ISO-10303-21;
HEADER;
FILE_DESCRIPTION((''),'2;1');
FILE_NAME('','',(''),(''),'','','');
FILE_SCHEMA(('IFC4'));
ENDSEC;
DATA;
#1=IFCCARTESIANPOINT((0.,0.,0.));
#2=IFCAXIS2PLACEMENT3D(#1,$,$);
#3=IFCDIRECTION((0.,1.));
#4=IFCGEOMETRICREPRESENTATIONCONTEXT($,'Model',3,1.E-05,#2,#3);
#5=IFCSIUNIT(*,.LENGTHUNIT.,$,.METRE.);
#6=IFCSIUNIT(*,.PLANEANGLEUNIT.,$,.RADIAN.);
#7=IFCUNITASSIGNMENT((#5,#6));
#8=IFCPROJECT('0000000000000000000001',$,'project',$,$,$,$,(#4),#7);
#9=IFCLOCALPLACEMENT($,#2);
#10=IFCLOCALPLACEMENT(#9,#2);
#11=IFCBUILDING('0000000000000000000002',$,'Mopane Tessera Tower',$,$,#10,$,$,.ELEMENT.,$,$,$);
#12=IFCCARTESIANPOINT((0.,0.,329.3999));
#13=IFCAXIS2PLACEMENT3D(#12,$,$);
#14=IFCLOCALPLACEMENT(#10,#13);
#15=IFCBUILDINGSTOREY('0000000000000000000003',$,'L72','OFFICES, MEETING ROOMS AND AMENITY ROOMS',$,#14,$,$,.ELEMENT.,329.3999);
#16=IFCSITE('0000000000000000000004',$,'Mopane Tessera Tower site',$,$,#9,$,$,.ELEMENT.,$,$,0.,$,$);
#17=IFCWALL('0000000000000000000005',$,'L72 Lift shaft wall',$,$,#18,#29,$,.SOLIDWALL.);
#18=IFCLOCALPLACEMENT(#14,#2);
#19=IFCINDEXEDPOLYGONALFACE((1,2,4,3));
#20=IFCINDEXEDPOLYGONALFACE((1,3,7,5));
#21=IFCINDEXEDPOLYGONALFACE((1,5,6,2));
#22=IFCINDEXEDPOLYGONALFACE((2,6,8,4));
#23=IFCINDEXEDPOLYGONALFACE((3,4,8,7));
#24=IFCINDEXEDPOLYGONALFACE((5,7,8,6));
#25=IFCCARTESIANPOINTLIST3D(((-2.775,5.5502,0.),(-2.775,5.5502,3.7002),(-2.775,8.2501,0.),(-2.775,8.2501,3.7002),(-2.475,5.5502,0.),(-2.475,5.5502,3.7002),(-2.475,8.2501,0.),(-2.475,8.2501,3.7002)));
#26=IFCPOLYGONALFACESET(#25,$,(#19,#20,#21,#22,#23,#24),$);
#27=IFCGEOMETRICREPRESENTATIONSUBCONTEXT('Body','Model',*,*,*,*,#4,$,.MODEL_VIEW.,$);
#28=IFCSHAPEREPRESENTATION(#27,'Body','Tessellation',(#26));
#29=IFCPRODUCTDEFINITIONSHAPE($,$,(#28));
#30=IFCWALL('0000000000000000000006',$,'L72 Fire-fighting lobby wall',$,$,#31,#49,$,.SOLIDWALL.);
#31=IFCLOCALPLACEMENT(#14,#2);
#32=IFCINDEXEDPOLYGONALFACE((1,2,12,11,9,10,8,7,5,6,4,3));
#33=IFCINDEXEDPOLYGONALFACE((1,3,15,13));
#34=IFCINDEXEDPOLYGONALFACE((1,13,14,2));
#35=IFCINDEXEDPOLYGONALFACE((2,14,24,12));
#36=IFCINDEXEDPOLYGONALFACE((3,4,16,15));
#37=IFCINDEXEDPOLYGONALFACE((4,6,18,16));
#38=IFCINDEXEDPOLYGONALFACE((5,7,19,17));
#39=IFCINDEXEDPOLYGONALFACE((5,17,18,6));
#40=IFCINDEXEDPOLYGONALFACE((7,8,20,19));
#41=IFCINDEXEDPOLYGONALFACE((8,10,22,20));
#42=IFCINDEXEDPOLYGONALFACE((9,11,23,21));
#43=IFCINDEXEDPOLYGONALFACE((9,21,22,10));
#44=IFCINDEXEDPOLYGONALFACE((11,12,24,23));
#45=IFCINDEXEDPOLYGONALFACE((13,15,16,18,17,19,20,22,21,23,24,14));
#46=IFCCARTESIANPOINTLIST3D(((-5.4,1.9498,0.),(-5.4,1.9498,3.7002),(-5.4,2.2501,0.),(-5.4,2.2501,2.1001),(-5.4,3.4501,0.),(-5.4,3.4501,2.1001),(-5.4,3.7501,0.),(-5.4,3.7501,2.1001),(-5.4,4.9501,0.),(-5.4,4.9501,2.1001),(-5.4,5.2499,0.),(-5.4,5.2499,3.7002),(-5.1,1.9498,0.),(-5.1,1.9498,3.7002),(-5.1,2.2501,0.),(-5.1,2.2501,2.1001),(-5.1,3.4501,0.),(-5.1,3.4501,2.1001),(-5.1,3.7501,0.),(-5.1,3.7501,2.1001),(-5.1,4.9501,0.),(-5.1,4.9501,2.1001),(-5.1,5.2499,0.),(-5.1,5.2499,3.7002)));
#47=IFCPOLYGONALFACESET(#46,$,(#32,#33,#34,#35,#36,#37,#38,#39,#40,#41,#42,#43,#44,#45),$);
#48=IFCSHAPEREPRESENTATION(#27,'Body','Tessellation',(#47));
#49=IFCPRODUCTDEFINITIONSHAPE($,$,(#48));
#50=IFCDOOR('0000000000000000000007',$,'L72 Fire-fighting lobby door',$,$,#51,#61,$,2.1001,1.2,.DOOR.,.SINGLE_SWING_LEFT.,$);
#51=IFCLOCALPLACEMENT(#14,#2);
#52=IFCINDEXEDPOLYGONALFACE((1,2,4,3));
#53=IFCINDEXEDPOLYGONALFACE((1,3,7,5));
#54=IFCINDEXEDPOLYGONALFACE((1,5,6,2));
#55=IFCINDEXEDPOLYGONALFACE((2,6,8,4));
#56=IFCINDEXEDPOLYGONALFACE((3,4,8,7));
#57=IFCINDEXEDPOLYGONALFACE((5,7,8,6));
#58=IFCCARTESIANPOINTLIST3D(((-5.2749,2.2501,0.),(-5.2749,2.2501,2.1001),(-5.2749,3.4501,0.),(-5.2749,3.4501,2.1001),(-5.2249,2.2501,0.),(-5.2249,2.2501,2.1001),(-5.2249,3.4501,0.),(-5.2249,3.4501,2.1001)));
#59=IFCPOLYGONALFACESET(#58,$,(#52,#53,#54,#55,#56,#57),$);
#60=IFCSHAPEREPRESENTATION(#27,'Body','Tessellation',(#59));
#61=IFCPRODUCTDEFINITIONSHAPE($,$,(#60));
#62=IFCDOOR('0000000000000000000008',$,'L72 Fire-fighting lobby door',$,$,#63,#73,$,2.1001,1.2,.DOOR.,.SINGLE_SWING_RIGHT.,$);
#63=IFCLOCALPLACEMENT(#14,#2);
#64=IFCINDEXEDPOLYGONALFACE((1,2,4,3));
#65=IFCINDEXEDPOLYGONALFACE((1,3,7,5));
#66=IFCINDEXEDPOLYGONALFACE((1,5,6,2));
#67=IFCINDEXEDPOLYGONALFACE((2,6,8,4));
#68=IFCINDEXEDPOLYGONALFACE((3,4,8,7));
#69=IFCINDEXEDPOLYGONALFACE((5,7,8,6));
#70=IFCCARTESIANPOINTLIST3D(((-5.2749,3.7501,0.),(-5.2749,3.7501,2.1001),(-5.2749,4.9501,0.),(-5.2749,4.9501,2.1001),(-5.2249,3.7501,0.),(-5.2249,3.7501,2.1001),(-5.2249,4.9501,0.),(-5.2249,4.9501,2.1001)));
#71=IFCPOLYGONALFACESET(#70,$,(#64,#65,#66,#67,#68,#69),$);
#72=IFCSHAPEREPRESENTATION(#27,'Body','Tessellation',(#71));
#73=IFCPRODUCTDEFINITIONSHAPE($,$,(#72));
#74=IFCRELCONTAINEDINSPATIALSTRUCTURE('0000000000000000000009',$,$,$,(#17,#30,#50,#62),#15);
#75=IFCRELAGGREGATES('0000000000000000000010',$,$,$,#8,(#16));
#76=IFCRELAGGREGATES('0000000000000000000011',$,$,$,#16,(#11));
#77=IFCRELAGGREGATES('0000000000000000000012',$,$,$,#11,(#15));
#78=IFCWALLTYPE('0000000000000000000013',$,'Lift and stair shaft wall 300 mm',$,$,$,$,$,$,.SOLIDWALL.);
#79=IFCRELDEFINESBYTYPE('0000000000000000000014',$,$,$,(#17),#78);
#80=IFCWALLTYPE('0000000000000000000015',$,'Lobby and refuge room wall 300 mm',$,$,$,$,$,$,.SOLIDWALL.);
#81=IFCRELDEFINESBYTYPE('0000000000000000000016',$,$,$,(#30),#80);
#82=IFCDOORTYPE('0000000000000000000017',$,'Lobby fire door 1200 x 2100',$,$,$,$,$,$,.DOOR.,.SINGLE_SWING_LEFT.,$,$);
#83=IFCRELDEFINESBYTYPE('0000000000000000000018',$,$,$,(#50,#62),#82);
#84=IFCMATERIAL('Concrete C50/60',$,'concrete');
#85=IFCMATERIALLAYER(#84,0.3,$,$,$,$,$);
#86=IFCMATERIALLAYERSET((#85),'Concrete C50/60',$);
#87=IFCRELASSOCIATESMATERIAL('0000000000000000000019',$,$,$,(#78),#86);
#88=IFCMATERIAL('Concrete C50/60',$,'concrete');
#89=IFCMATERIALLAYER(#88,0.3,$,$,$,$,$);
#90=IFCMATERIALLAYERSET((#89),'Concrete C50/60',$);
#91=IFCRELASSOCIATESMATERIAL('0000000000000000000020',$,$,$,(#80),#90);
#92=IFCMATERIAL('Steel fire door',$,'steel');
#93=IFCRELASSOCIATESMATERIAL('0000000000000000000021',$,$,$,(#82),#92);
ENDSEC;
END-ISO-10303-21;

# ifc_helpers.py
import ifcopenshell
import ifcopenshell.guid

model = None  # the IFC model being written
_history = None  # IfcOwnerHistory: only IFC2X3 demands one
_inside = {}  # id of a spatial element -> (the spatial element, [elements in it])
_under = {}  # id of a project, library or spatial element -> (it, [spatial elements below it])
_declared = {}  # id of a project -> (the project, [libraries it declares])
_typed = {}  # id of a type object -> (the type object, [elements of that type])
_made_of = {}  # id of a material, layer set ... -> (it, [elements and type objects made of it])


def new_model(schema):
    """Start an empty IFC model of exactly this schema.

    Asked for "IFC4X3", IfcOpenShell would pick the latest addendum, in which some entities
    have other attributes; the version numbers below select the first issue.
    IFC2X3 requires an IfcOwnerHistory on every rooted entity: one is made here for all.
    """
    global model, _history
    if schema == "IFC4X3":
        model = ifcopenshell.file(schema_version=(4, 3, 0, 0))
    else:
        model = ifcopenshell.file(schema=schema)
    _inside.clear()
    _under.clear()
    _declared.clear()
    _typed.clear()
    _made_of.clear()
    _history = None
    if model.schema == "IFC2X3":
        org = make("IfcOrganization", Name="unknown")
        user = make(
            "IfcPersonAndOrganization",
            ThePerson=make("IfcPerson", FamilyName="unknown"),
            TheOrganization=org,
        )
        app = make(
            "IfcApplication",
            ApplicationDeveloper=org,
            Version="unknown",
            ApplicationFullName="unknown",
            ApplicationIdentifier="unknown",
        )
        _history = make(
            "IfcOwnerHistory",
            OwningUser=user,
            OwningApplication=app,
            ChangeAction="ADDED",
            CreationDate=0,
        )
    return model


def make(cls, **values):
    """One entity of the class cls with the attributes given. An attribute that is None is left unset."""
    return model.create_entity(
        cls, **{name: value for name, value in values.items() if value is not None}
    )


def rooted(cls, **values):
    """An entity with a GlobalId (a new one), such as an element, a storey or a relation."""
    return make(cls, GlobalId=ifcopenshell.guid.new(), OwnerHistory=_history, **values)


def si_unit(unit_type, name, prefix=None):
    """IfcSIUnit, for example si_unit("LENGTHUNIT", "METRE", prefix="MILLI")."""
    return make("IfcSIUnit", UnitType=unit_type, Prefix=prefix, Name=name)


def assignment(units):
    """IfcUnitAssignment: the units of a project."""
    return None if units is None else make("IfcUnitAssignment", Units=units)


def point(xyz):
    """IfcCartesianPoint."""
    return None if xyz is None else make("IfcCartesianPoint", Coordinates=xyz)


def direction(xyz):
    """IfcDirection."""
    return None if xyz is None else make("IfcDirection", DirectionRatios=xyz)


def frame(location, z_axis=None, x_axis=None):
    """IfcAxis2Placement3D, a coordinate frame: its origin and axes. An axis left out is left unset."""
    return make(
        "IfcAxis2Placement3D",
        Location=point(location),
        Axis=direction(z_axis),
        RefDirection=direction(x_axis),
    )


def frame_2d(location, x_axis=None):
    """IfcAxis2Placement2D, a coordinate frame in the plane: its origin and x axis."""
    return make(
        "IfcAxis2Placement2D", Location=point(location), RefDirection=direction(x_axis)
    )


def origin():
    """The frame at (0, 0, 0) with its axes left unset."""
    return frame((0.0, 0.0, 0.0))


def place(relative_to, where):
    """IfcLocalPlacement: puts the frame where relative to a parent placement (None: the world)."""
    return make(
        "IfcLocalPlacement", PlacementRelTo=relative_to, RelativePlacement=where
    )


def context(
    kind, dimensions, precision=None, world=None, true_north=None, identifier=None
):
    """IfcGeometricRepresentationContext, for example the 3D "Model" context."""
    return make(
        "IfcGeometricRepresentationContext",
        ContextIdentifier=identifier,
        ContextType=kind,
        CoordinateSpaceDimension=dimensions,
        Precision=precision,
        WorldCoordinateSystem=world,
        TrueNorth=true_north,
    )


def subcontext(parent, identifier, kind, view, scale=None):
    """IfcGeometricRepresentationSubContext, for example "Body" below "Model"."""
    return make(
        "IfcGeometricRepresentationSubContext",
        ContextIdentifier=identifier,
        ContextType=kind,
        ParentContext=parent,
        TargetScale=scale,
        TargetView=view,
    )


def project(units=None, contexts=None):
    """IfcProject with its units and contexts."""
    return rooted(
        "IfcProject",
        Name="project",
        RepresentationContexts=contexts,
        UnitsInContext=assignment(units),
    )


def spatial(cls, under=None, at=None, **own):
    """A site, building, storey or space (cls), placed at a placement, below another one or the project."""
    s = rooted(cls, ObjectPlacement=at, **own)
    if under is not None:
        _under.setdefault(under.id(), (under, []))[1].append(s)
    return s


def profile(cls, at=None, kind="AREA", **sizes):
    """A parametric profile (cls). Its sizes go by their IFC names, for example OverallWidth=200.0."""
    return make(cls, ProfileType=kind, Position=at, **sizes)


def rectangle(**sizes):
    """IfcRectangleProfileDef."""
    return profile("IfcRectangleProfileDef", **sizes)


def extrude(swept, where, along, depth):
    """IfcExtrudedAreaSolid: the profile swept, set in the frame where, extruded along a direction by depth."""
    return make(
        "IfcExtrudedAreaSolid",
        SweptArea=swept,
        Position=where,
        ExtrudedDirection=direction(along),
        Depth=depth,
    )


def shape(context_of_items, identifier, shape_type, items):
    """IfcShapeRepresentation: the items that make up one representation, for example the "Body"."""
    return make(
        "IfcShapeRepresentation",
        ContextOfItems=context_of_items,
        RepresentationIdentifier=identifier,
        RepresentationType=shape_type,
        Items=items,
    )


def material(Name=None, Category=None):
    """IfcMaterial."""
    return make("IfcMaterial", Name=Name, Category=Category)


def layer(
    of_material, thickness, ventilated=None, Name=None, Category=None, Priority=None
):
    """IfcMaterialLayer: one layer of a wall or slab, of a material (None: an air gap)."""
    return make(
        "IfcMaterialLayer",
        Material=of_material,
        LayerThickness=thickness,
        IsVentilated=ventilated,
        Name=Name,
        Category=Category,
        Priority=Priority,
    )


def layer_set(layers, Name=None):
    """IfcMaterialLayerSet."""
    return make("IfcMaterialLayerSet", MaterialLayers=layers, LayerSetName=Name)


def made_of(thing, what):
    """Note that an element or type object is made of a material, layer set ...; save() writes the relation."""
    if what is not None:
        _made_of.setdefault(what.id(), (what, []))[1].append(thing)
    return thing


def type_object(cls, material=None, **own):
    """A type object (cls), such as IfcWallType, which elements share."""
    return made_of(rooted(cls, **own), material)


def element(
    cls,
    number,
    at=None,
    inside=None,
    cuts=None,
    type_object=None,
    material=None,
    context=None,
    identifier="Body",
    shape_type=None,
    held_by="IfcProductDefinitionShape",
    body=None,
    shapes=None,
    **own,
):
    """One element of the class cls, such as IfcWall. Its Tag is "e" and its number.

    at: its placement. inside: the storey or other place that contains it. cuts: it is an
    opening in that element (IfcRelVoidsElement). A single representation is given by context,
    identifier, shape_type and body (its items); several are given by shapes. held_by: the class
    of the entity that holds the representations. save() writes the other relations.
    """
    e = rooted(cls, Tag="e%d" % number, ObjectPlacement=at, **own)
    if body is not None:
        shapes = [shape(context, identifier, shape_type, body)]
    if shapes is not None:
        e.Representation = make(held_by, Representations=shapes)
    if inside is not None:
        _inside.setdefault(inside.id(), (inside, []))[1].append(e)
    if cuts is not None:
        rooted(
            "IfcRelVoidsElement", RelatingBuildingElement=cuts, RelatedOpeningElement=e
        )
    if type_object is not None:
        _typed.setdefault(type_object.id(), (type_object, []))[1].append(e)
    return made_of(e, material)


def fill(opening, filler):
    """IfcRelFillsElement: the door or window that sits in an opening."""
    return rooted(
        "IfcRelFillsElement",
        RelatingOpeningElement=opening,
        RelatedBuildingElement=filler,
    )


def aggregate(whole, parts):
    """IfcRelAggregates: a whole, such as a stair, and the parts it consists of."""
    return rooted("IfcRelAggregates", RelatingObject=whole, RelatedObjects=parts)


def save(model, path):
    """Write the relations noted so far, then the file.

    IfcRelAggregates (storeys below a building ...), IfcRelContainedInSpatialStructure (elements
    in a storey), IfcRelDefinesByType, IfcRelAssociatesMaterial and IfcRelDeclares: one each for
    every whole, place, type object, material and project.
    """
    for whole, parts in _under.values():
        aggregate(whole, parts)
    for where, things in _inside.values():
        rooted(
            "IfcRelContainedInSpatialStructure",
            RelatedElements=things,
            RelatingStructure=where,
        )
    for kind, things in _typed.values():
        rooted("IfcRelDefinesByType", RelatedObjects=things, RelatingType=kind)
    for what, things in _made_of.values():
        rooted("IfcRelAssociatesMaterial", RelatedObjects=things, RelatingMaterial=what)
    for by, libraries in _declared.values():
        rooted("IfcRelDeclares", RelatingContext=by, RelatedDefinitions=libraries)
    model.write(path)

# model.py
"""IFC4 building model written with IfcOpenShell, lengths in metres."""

from ifc_helpers import new_model, si_unit, direction, frame, frame_2d, origin, place, context, subcontext, project, spatial, rectangle, extrude, material, layer, layer_set, type_object, element, fill, save


model = new_model("IFC4")

# Units and contexts
model_context = context("Model", 3, precision=1e-05, world=origin(), true_north=direction((0.0, 1.0)))
body_context = subcontext(model_context, "Body", "Model", "MODEL_VIEW")
ifc_project = project(units=[si_unit("LENGTHUNIT", "METRE"), si_unit("PLANEANGLEUNIT", "RADIAN")], contexts=[model_context])

# Site, building, storey
site_placement = place(None, origin())
site = spatial("IfcSite", under=ifc_project, at=site_placement, Name="Mopane Tessera Tower site", CompositionType="ELEMENT", RefElevation=0.0)
building_placement = place(site_placement, origin())
building = spatial("IfcBuilding", under=site, at=building_placement, Name="Mopane Tessera Tower", CompositionType="ELEMENT")
storey_placement = place(building_placement, frame((0.0, 0.0, 329.3999)))
storey = spatial("IfcBuildingStorey", under=building, at=storey_placement, Name="L72", Description="OFFICES, MEETING ROOMS AND AMENITY ROOMS", CompositionType="ELEMENT", Elevation=329.3999)

# Shared definitions
ifc_material_1 = material(Name="Concrete C50/60", Category="concrete")
ifc_layer_1 = layer(ifc_material_1, 0.3)
ifc_layer_set_1 = layer_set([ifc_layer_1], Name="Concrete C50/60")
wall_type_1 = type_object("IfcWallType", Name="Lift and stair shaft wall 300 mm", PredefinedType="SOLIDWALL", material=ifc_layer_set_1)

# Wall
for number, where, z_axis, x_axis, name in (
    (1, (-2.625, 5.55, 0.0), (0.0, 0.0, 1.0), (0.0, 1.0, 0.0), "L72 Lift shaft wall"),
):
    element("IfcWall", number, at=place(storey_placement, frame(where, z_axis=z_axis, x_axis=x_axis)), inside=storey, type_object=wall_type_1, Name=name, PredefinedType="SOLIDWALL", context=body_context, shape_type="SweptSolid", body=[
        extrude(rectangle(XDim=2.7, YDim=0.3, at=frame_2d((1.3501, 0.0))), origin(), (0.0, 0.0, 1.0), 3.7002),
    ])

# Wall, openings, doors
ifc_material_2 = material(Name="Concrete C50/60", Category="concrete")
ifc_layer_2 = layer(ifc_material_2, 0.3)
ifc_layer_set_2 = layer_set([ifc_layer_2], Name="Concrete C50/60")
wall_type_2 = type_object("IfcWallType", Name="Lobby and refuge room wall 300 mm", PredefinedType="SOLIDWALL", material=ifc_layer_set_2)
wall_1_placement = place(storey_placement, frame((-5.25, 1.95, 0.0), z_axis=(0.0, 0.0, 1.0), x_axis=(0.0, 1.0, 0.0)))
wall_1 = element("IfcWall", 2, at=wall_1_placement, inside=storey, type_object=wall_type_2, Name="L72 Fire-fighting lobby wall", PredefinedType="SOLIDWALL", context=body_context, shape_type="SweptSolid", body=[
    extrude(rectangle(XDim=3.3, YDim=0.3, at=frame_2d((1.6499, 0.0))), origin(), (0.0, 0.0, 1.0), 3.7002),
])
opening_1_placement = place(wall_1_placement, frame((0.3, 0.0, 0.0)))
opening_1 = element("IfcOpeningElement", 3, at=opening_1_placement, cuts=wall_1, PredefinedType="OPENING", context=body_context, shape_type="SweptSolid", body=[
    extrude(rectangle(XDim=1.2, YDim=2.1001, at=frame_2d((0.6001, 1.05))), frame((0.0, 0.1621, 0.0), z_axis=(0.0, -1.0, 0.0), x_axis=(1.0, 0.0, 0.0)), (0.0, 0.0, 1.0), 0.324),
])
opening_2_placement = place(wall_1_placement, frame((1.8, 0.0, 0.0)))
opening_2 = element("IfcOpeningElement", 4, at=opening_2_placement, cuts=wall_1, PredefinedType="OPENING", context=body_context, shape_type="SweptSolid", body=[
    extrude(rectangle(XDim=1.2, YDim=2.1001, at=frame_2d((0.6001, 1.05))), frame((0.0, 0.1621, 0.0), z_axis=(0.0, -1.0, 0.0), x_axis=(1.0, 0.0, 0.0)), (0.0, 0.0, 1.0), 0.324),
])
ifc_material_3 = material(Name="Steel fire door", Category="steel")
door_type_1 = type_object("IfcDoorType", Name="Lobby fire door 1200 x 2100", OperationType="SINGLE_SWING_LEFT", PredefinedType="DOOR", material=ifc_material_3)
door_1_placement = place(opening_1_placement, origin())
door_1 = element("IfcDoor", 5, at=door_1_placement, inside=storey, type_object=door_type_1, Name="L72 Fire-fighting lobby door", OperationType="SINGLE_SWING_LEFT", OverallHeight=2.1001, OverallWidth=1.2, PredefinedType="DOOR", context=body_context, shape_type="SweptSolid", body=[
    extrude(rectangle(XDim=1.2, YDim=2.1001, at=frame_2d((0.6001, 1.05))), frame((0.0, 0.0249, 0.0), z_axis=(0.0, -1.0, 0.0), x_axis=(1.0, 0.0, 0.0)), (0.0, 0.0, 1.0), 0.05),
])
fill(opening_1, door_1)
door_2_placement = place(opening_2_placement, origin())
door_2 = element("IfcDoor", 6, at=door_2_placement, inside=storey, type_object=door_type_1, Name="L72 Fire-fighting lobby door", OperationType="SINGLE_SWING_RIGHT", OverallHeight=2.1001, OverallWidth=1.2, PredefinedType="DOOR", context=body_context, shape_type="SweptSolid", body=[
    extrude(rectangle(XDim=1.2, YDim=2.1001, at=frame_2d((0.6001, 1.05))), frame((0.0, 0.0249, 0.0), z_axis=(0.0, -1.0, 0.0), x_axis=(1.0, 0.0, 0.0)), (0.0, 0.0, 1.0), 0.05),
])
fill(opening_2, door_2)

save(model, "model.ifc")
